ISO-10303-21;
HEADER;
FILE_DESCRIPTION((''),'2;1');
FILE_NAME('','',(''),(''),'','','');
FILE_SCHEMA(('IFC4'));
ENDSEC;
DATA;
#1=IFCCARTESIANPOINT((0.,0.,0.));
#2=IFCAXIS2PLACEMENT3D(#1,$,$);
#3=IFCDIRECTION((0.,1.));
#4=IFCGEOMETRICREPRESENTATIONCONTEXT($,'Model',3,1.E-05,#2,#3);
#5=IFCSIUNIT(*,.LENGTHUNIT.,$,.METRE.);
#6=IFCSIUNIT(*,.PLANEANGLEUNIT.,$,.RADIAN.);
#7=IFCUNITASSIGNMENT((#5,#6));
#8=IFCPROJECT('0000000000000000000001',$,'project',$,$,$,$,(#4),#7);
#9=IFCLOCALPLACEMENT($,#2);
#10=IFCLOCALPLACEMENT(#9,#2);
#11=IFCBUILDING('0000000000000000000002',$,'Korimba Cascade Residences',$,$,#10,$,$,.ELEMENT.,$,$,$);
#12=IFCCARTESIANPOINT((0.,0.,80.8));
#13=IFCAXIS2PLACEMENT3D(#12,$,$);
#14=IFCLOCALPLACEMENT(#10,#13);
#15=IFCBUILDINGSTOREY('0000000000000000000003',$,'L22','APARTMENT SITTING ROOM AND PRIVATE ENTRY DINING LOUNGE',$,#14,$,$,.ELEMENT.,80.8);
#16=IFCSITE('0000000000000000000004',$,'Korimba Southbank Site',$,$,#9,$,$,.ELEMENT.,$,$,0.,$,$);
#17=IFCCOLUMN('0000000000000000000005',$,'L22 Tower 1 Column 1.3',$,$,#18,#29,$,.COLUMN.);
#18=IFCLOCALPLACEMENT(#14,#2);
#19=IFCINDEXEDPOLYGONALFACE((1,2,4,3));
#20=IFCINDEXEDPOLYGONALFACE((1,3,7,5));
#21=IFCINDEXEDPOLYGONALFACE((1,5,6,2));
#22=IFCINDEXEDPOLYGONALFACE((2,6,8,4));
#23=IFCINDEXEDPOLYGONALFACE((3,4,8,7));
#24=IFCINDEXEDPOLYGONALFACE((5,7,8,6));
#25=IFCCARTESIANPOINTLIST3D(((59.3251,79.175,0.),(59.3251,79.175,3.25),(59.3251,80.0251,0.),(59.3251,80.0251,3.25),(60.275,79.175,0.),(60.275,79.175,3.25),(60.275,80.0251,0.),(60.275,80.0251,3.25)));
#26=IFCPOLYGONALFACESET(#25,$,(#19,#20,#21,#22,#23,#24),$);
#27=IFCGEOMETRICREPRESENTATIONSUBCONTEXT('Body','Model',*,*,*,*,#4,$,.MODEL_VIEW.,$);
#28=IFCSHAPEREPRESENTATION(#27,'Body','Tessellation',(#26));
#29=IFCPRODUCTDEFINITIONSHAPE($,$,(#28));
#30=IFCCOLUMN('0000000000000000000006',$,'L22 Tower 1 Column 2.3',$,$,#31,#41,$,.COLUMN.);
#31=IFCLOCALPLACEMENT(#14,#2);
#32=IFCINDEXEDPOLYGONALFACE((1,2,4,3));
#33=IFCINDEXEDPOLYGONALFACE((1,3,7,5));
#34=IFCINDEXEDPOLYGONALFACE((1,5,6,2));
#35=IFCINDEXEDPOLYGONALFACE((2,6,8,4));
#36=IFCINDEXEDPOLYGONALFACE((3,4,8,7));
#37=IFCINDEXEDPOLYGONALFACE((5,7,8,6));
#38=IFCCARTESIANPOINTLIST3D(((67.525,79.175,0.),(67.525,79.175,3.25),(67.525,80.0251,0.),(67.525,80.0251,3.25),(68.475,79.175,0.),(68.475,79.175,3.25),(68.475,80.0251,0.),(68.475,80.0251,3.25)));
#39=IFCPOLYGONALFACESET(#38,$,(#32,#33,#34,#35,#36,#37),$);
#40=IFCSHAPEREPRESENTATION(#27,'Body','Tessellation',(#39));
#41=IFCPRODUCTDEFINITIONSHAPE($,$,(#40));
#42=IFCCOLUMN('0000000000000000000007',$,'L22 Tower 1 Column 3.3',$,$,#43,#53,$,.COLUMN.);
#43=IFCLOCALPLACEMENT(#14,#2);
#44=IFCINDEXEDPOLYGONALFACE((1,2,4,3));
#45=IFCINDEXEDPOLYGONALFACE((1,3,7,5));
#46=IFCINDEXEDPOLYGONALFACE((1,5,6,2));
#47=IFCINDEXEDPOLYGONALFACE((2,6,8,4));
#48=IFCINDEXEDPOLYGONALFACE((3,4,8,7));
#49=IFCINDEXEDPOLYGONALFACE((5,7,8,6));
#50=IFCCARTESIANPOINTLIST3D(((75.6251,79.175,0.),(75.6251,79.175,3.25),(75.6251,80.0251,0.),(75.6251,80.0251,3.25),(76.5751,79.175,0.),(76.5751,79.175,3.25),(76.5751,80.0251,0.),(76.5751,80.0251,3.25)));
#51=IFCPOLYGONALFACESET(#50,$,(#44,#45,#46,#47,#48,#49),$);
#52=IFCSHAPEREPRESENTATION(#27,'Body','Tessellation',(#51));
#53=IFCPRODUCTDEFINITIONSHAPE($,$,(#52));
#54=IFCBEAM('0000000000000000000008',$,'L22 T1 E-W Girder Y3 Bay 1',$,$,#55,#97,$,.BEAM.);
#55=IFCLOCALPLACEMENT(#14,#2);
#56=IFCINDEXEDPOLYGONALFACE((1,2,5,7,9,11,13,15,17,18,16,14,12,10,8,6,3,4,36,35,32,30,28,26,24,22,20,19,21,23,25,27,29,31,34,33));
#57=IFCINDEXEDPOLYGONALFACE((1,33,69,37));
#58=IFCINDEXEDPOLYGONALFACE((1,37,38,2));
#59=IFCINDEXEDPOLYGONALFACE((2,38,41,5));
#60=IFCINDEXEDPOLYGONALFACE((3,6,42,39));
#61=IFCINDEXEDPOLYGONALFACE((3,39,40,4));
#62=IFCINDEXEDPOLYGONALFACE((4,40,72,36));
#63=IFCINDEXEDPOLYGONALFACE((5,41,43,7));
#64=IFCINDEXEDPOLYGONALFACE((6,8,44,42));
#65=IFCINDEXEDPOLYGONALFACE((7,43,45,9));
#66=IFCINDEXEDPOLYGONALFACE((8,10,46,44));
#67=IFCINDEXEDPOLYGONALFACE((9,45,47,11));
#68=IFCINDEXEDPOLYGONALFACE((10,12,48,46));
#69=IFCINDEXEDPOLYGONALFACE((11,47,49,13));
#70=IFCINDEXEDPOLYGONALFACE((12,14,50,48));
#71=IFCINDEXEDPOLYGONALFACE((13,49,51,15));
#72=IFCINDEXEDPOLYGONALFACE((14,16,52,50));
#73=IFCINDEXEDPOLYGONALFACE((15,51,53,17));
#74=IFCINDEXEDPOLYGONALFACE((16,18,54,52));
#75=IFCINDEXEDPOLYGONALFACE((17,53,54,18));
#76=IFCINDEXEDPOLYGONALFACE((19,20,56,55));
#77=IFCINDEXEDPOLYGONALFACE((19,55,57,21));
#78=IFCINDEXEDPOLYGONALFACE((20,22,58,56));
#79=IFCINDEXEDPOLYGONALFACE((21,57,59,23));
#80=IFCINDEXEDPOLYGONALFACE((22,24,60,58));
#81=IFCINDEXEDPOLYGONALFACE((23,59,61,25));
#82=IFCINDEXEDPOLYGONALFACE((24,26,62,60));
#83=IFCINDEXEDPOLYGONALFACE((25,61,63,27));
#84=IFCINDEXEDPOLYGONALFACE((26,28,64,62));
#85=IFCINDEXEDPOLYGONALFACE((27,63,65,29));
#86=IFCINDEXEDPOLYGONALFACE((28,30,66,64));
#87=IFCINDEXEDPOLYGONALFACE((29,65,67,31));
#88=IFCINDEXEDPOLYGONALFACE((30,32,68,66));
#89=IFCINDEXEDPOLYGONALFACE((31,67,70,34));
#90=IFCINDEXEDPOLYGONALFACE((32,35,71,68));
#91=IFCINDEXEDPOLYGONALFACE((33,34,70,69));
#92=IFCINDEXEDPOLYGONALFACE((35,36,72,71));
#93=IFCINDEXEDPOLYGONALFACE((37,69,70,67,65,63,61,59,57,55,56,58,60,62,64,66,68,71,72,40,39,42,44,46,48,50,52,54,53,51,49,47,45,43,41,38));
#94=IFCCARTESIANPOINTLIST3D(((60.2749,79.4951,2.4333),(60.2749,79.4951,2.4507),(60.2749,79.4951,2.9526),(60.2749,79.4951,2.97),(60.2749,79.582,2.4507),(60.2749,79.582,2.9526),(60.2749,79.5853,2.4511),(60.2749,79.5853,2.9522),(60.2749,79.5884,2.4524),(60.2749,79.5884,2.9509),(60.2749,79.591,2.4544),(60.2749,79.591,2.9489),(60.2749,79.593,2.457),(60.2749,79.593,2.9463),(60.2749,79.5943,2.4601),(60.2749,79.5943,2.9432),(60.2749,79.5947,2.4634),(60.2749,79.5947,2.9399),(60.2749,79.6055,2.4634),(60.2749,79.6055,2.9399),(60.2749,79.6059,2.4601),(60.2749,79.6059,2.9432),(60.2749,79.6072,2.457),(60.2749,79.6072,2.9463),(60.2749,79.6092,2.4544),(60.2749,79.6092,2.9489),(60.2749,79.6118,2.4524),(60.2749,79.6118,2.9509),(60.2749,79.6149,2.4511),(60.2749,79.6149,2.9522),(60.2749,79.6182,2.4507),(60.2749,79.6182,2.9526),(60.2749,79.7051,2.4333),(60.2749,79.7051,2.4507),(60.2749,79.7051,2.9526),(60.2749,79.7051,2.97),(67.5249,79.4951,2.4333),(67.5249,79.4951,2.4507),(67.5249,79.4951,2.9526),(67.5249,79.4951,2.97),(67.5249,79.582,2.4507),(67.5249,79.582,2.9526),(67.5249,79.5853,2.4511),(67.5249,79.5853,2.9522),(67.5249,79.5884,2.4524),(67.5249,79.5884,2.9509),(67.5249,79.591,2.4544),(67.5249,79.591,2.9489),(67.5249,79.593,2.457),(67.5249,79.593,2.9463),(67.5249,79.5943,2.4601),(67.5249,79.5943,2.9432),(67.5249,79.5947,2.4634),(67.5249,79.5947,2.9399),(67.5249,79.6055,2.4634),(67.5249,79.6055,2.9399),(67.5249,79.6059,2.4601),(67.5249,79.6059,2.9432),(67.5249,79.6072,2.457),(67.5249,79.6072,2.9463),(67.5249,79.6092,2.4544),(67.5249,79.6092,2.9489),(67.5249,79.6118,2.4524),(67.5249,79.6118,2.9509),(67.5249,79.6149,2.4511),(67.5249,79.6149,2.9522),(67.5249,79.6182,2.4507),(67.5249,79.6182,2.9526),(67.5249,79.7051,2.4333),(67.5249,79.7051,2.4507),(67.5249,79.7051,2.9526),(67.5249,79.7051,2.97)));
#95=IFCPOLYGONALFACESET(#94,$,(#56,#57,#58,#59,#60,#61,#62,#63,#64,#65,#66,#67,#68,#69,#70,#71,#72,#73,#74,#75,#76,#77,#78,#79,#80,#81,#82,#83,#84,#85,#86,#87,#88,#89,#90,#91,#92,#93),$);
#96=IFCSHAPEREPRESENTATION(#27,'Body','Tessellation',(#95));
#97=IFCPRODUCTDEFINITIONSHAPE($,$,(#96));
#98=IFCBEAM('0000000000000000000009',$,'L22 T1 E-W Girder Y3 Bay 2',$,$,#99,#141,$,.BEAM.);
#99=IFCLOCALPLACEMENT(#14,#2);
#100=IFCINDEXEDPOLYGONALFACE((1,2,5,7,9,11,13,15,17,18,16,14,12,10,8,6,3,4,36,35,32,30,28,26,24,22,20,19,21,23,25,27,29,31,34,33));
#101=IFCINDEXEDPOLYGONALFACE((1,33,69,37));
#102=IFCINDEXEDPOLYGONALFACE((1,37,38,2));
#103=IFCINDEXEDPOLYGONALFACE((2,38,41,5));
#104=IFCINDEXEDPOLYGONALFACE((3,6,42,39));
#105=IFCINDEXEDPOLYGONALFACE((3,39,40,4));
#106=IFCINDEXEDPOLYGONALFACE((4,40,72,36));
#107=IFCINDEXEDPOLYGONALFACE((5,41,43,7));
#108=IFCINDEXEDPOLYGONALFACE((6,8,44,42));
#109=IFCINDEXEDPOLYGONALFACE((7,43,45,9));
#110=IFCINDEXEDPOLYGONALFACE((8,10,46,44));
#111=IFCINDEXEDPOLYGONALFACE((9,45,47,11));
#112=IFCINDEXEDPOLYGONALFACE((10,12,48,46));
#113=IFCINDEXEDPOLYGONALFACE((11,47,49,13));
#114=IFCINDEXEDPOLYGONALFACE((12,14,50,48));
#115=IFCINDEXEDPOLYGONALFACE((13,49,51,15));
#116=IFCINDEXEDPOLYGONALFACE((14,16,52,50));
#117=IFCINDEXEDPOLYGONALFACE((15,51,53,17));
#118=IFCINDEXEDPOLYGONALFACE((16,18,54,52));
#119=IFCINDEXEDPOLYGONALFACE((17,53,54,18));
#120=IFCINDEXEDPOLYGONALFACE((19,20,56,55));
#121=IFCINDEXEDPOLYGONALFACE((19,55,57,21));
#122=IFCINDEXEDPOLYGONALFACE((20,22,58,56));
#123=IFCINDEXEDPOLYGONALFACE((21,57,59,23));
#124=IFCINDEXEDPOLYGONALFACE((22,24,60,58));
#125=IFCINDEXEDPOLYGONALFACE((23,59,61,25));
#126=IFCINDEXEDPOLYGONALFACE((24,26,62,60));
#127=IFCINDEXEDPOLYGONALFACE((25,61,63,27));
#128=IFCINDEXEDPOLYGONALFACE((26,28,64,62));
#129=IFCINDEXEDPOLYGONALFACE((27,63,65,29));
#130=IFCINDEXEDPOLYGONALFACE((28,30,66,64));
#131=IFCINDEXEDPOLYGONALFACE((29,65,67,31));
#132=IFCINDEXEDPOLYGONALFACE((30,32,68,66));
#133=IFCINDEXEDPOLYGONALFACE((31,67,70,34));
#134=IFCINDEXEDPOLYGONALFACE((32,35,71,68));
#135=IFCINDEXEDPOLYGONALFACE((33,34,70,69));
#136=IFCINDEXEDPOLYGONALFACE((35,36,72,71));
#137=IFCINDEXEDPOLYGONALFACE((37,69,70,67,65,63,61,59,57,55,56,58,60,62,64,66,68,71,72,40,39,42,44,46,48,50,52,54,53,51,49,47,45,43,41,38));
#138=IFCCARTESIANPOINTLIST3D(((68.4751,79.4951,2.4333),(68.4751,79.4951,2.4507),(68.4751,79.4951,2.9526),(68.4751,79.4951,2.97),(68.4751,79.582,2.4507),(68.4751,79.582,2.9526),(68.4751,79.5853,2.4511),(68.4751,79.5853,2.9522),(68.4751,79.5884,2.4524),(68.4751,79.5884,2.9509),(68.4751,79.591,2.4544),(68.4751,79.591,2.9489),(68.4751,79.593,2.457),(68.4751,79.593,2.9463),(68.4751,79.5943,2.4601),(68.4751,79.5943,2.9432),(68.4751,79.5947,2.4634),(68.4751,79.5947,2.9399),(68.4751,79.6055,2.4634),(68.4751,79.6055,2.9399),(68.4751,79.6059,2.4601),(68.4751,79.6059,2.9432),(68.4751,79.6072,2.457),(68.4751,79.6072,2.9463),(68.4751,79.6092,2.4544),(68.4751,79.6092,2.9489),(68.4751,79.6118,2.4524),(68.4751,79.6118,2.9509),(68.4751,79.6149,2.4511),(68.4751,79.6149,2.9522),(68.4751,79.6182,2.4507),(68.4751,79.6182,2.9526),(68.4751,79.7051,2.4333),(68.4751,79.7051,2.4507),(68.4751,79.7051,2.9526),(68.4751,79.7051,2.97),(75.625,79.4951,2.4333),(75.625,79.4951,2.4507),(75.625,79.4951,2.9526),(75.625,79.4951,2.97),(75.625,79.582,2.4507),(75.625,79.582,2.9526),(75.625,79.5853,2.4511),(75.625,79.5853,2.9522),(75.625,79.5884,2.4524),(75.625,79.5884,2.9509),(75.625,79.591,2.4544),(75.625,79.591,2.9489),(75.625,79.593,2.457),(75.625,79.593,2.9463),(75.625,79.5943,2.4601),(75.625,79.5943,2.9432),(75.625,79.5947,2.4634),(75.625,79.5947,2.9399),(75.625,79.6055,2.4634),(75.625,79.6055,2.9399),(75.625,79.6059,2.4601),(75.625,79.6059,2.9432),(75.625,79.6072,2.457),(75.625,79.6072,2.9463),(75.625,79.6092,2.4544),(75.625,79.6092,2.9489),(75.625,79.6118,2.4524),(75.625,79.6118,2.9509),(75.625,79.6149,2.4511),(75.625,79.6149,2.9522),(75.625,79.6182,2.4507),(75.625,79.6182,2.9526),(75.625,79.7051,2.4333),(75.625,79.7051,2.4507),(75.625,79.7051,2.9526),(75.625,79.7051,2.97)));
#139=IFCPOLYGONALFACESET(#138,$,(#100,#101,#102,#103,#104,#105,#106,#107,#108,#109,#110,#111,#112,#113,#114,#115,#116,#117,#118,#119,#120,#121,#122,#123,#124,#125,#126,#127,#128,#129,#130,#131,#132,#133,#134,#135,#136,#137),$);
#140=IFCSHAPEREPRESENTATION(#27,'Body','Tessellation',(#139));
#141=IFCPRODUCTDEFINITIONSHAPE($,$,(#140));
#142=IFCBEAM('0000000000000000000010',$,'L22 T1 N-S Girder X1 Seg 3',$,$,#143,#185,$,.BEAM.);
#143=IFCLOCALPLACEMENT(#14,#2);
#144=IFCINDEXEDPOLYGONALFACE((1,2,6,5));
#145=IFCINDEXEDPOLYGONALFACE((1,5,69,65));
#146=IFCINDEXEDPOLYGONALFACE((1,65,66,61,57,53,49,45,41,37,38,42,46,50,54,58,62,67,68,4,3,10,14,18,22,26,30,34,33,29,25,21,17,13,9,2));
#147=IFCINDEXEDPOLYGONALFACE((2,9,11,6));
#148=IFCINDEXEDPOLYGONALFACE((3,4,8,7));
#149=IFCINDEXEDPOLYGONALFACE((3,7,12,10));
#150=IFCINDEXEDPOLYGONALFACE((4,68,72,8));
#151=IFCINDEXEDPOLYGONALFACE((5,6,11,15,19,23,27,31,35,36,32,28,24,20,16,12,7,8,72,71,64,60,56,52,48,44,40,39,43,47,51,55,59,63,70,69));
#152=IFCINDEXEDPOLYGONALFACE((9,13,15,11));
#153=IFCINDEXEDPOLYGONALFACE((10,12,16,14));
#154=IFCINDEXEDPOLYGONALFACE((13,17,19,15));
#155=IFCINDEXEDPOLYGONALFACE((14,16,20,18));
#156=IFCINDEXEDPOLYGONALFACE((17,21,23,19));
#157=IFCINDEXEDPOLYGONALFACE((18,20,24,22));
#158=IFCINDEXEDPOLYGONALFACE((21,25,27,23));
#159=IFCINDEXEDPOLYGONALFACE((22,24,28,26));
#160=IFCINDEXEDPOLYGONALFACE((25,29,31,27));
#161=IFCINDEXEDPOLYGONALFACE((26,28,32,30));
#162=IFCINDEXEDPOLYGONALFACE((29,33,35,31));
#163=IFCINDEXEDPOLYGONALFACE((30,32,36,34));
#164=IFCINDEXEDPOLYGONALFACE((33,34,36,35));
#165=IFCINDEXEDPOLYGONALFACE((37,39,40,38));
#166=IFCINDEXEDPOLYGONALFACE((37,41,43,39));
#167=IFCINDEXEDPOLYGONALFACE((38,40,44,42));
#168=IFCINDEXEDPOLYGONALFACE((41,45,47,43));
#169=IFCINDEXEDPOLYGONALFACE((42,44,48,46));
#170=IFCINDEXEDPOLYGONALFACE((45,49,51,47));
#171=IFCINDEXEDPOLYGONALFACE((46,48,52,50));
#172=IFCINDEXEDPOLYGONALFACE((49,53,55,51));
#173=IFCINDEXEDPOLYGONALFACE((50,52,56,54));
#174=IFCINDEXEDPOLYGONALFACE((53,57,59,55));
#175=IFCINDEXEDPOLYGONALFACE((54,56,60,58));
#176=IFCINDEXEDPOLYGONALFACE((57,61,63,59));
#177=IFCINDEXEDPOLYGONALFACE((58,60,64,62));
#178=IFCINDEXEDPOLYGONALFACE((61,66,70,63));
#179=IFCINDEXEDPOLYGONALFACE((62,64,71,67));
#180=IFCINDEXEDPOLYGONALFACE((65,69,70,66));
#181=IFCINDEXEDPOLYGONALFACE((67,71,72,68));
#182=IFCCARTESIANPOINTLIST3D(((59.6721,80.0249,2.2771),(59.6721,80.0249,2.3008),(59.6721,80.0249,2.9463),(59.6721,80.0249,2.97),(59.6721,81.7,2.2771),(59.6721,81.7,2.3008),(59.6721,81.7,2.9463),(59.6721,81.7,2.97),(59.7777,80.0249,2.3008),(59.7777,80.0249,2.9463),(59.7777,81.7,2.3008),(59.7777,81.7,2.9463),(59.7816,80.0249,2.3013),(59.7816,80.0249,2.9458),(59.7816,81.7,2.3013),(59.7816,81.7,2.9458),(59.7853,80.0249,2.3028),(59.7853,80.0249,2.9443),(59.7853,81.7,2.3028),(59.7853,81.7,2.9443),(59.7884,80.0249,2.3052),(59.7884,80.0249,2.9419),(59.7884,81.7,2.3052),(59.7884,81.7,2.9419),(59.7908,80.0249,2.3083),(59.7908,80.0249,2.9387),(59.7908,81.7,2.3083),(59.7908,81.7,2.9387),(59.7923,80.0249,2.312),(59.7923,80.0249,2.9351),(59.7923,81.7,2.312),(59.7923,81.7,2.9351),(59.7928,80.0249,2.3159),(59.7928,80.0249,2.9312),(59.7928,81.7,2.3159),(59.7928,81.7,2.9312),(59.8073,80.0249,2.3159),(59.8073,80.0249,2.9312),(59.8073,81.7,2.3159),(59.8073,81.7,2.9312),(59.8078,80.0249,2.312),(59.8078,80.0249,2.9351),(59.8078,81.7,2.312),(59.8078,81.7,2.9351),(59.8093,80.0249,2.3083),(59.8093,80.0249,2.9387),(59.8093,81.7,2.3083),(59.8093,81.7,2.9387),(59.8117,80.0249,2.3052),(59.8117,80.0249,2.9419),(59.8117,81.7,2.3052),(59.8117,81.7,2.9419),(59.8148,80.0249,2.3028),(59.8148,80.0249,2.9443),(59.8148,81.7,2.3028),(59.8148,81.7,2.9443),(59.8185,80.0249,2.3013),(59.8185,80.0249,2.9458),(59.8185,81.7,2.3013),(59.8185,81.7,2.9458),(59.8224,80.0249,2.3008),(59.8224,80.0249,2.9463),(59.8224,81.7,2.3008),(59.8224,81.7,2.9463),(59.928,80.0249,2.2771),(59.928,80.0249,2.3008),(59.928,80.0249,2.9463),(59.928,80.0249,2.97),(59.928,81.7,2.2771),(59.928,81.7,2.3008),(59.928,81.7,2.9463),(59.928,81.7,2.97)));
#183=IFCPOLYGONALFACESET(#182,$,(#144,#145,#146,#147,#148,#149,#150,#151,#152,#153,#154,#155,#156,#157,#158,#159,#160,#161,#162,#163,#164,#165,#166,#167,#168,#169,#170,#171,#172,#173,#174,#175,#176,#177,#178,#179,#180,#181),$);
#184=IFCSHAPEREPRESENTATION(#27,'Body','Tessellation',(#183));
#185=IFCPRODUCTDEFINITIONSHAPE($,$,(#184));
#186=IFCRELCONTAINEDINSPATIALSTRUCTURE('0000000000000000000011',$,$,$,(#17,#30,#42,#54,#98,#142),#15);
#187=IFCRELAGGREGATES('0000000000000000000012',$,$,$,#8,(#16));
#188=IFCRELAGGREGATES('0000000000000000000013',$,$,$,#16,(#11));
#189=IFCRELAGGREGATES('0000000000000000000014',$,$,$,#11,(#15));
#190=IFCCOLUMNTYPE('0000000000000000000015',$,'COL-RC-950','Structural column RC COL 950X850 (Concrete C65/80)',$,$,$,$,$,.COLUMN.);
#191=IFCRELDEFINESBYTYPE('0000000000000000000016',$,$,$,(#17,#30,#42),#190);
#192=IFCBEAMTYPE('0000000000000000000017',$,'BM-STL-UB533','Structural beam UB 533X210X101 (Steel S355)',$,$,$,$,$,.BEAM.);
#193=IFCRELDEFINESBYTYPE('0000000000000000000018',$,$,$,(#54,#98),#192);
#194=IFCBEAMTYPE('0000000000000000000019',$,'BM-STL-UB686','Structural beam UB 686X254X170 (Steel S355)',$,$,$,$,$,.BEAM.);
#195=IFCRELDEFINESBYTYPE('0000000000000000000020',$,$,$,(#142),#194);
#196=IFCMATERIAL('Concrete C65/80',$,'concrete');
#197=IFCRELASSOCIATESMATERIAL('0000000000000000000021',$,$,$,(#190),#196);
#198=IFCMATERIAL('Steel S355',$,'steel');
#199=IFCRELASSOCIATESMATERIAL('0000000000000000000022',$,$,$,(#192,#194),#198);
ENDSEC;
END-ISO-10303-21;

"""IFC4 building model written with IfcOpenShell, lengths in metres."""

from ifc_helpers import new_model, si_unit, direction, frame, origin, origin_2d, place, context, subcontext, project, spatial, rectangle, i_section, extrude, material, material_profile, profile_set, type_object, element, save


model = new_model("IFC4")

# Units and contexts
model_context = context("Model", 3, precision=1e-05, world=origin(), true_north=direction((0.0, 1.0)))
body_context = subcontext(model_context, "Body", "Model", "MODEL_VIEW")
ifc_project = project(units=[si_unit("LENGTHUNIT", "METRE"), si_unit("PLANEANGLEUNIT", "RADIAN")], contexts=[model_context])

# Site, building, storey
site_placement = place(None, origin())
site = spatial("IfcSite", under=ifc_project, at=site_placement, Name="Korimba Southbank Site", CompositionType="ELEMENT", RefElevation=0.0)
building_placement = place(site_placement, origin())
building = spatial("IfcBuilding", under=site, at=building_placement, Name="Korimba Cascade Residences", CompositionType="ELEMENT")
storey_placement = place(building_placement, frame((0.0, 0.0, 80.8)))
storey = spatial("IfcBuildingStorey", under=building, at=storey_placement, Name="L22", Description="APARTMENT SITTING ROOM AND PRIVATE ENTRY DINING LOUNGE", CompositionType="ELEMENT", Elevation=80.8)

# Columns
ifc_material_1 = material(Name="Concrete C65/80", Category="concrete")
ifc_material_profile_1 = material_profile(ifc_material_1, rectangle(XDim=0.95, YDim=0.8501, at=origin_2d()), Name="Concrete C65/80")
ifc_profile_set_1 = profile_set([ifc_material_profile_1], Name="Concrete C65/80")
column_type = type_object("IfcColumnType", Name="COL-RC-950", Description="Structural column RC COL 950X850 (Concrete C65/80)", PredefinedType="COLUMN", material=ifc_profile_set_1)
for number, where, z_axis, x_axis, name in (
    (1, (59.8, 79.6001, 0.0), (0.0, 0.0, 1.0), (1.0, 0.0, 0.0), "L22 Tower 1 Column 1.3"),
    (2, (68.0, 79.6001, 0.0), (0.0, 0.0, 1.0), (1.0, 0.0, 0.0), "L22 Tower 1 Column 2.3"),
    (3, (76.1001, 79.6001, 0.0), (0.0, 0.0, 1.0), (1.0, 0.0, 0.0), "L22 Tower 1 Column 3.3"),
):
    element("IfcColumn", number, at=place(storey_placement, frame(where, z_axis=z_axis, x_axis=x_axis)), inside=storey, type_object=column_type, Name=name, PredefinedType="COLUMN", context=body_context, shape_type="SweptSolid", body=[
        extrude(rectangle(XDim=0.95, YDim=0.8501, at=origin_2d()), origin(), (0.0, 0.0, 1.0), 3.25),
    ])

# Beams
ifc_material_2 = material(Name="Steel S355", Category="steel")
ifc_material_profile_2 = material_profile(ifc_material_2, i_section(OverallWidth=0.21, OverallDepth=0.5366, WebThickness=0.0107, FlangeThickness=0.0173, FilletRadius=0.0127, at=origin_2d()), Name="Steel S355")
ifc_profile_set_2 = profile_set([ifc_material_profile_2], Name="Steel S355")
beam_type_1 = type_object("IfcBeamType", Name="BM-STL-UB533", Description="Structural beam UB 533X210X101 (Steel S355)", PredefinedType="BEAM", material=ifc_profile_set_2)
beam_1_placement = place(storey_placement, frame((60.2749, 79.6001, 2.7017), z_axis=(1.0, 0.0, 0.0), x_axis=(0.0, 1.0, 0.0)))
element("IfcBeam", 4, at=beam_1_placement, inside=storey, type_object=beam_type_1, Name="L22 T1 E-W Girder Y3 Bay 1", PredefinedType="BEAM", context=body_context, shape_type="SweptSolid", body=[
    extrude(i_section(OverallWidth=0.21, OverallDepth=0.5366, WebThickness=0.0107, FlangeThickness=0.0173, FilletRadius=0.0127, at=origin_2d()), origin(), (0.0, 0.0, 1.0), 7.25),
])
beam_2_placement = place(storey_placement, frame((68.4751, 79.6001, 2.7017), z_axis=(1.0, 0.0, 0.0), x_axis=(0.0, 1.0, 0.0)))
element("IfcBeam", 5, at=beam_2_placement, inside=storey, type_object=beam_type_1, Name="L22 T1 E-W Girder Y3 Bay 2", PredefinedType="BEAM", context=body_context, shape_type="SweptSolid", body=[
    extrude(i_section(OverallWidth=0.21, OverallDepth=0.5366, WebThickness=0.0107, FlangeThickness=0.0173, FilletRadius=0.0127, at=origin_2d()), origin(), (0.0, 0.0, 1.0), 7.1499),
])
ifc_material_profile_3 = material_profile(ifc_material_2, i_section(OverallWidth=0.2559, OverallDepth=0.6929, WebThickness=0.0144, FlangeThickness=0.0237, FilletRadius=0.0151, at=origin_2d()), Name="Steel S355")
ifc_profile_set_3 = profile_set([ifc_material_profile_3], Name="Steel S355")
beam_type_2 = type_object("IfcBeamType", Name="BM-STL-UB686", Description="Structural beam UB 686X254X170 (Steel S355)", PredefinedType="BEAM", material=ifc_profile_set_3)
beam_3_placement = place(storey_placement, frame((59.8, 80.0249, 2.6235), z_axis=(0.0, 1.0, 0.0), x_axis=(-1.0, 0.0, 0.0)))
element("IfcBeam", 6, at=beam_3_placement, inside=storey, type_object=beam_type_2, Name="L22 T1 N-S Girder X1 Seg 3", PredefinedType="BEAM", context=body_context, shape_type="SweptSolid", body=[
    extrude(i_section(OverallWidth=0.2559, OverallDepth=0.6929, WebThickness=0.0144, FlangeThickness=0.0237, FilletRadius=0.0151, at=origin_2d()), origin(), (0.0, 0.0, 1.0), 1.675),
])

save(model, "model.ifc")
